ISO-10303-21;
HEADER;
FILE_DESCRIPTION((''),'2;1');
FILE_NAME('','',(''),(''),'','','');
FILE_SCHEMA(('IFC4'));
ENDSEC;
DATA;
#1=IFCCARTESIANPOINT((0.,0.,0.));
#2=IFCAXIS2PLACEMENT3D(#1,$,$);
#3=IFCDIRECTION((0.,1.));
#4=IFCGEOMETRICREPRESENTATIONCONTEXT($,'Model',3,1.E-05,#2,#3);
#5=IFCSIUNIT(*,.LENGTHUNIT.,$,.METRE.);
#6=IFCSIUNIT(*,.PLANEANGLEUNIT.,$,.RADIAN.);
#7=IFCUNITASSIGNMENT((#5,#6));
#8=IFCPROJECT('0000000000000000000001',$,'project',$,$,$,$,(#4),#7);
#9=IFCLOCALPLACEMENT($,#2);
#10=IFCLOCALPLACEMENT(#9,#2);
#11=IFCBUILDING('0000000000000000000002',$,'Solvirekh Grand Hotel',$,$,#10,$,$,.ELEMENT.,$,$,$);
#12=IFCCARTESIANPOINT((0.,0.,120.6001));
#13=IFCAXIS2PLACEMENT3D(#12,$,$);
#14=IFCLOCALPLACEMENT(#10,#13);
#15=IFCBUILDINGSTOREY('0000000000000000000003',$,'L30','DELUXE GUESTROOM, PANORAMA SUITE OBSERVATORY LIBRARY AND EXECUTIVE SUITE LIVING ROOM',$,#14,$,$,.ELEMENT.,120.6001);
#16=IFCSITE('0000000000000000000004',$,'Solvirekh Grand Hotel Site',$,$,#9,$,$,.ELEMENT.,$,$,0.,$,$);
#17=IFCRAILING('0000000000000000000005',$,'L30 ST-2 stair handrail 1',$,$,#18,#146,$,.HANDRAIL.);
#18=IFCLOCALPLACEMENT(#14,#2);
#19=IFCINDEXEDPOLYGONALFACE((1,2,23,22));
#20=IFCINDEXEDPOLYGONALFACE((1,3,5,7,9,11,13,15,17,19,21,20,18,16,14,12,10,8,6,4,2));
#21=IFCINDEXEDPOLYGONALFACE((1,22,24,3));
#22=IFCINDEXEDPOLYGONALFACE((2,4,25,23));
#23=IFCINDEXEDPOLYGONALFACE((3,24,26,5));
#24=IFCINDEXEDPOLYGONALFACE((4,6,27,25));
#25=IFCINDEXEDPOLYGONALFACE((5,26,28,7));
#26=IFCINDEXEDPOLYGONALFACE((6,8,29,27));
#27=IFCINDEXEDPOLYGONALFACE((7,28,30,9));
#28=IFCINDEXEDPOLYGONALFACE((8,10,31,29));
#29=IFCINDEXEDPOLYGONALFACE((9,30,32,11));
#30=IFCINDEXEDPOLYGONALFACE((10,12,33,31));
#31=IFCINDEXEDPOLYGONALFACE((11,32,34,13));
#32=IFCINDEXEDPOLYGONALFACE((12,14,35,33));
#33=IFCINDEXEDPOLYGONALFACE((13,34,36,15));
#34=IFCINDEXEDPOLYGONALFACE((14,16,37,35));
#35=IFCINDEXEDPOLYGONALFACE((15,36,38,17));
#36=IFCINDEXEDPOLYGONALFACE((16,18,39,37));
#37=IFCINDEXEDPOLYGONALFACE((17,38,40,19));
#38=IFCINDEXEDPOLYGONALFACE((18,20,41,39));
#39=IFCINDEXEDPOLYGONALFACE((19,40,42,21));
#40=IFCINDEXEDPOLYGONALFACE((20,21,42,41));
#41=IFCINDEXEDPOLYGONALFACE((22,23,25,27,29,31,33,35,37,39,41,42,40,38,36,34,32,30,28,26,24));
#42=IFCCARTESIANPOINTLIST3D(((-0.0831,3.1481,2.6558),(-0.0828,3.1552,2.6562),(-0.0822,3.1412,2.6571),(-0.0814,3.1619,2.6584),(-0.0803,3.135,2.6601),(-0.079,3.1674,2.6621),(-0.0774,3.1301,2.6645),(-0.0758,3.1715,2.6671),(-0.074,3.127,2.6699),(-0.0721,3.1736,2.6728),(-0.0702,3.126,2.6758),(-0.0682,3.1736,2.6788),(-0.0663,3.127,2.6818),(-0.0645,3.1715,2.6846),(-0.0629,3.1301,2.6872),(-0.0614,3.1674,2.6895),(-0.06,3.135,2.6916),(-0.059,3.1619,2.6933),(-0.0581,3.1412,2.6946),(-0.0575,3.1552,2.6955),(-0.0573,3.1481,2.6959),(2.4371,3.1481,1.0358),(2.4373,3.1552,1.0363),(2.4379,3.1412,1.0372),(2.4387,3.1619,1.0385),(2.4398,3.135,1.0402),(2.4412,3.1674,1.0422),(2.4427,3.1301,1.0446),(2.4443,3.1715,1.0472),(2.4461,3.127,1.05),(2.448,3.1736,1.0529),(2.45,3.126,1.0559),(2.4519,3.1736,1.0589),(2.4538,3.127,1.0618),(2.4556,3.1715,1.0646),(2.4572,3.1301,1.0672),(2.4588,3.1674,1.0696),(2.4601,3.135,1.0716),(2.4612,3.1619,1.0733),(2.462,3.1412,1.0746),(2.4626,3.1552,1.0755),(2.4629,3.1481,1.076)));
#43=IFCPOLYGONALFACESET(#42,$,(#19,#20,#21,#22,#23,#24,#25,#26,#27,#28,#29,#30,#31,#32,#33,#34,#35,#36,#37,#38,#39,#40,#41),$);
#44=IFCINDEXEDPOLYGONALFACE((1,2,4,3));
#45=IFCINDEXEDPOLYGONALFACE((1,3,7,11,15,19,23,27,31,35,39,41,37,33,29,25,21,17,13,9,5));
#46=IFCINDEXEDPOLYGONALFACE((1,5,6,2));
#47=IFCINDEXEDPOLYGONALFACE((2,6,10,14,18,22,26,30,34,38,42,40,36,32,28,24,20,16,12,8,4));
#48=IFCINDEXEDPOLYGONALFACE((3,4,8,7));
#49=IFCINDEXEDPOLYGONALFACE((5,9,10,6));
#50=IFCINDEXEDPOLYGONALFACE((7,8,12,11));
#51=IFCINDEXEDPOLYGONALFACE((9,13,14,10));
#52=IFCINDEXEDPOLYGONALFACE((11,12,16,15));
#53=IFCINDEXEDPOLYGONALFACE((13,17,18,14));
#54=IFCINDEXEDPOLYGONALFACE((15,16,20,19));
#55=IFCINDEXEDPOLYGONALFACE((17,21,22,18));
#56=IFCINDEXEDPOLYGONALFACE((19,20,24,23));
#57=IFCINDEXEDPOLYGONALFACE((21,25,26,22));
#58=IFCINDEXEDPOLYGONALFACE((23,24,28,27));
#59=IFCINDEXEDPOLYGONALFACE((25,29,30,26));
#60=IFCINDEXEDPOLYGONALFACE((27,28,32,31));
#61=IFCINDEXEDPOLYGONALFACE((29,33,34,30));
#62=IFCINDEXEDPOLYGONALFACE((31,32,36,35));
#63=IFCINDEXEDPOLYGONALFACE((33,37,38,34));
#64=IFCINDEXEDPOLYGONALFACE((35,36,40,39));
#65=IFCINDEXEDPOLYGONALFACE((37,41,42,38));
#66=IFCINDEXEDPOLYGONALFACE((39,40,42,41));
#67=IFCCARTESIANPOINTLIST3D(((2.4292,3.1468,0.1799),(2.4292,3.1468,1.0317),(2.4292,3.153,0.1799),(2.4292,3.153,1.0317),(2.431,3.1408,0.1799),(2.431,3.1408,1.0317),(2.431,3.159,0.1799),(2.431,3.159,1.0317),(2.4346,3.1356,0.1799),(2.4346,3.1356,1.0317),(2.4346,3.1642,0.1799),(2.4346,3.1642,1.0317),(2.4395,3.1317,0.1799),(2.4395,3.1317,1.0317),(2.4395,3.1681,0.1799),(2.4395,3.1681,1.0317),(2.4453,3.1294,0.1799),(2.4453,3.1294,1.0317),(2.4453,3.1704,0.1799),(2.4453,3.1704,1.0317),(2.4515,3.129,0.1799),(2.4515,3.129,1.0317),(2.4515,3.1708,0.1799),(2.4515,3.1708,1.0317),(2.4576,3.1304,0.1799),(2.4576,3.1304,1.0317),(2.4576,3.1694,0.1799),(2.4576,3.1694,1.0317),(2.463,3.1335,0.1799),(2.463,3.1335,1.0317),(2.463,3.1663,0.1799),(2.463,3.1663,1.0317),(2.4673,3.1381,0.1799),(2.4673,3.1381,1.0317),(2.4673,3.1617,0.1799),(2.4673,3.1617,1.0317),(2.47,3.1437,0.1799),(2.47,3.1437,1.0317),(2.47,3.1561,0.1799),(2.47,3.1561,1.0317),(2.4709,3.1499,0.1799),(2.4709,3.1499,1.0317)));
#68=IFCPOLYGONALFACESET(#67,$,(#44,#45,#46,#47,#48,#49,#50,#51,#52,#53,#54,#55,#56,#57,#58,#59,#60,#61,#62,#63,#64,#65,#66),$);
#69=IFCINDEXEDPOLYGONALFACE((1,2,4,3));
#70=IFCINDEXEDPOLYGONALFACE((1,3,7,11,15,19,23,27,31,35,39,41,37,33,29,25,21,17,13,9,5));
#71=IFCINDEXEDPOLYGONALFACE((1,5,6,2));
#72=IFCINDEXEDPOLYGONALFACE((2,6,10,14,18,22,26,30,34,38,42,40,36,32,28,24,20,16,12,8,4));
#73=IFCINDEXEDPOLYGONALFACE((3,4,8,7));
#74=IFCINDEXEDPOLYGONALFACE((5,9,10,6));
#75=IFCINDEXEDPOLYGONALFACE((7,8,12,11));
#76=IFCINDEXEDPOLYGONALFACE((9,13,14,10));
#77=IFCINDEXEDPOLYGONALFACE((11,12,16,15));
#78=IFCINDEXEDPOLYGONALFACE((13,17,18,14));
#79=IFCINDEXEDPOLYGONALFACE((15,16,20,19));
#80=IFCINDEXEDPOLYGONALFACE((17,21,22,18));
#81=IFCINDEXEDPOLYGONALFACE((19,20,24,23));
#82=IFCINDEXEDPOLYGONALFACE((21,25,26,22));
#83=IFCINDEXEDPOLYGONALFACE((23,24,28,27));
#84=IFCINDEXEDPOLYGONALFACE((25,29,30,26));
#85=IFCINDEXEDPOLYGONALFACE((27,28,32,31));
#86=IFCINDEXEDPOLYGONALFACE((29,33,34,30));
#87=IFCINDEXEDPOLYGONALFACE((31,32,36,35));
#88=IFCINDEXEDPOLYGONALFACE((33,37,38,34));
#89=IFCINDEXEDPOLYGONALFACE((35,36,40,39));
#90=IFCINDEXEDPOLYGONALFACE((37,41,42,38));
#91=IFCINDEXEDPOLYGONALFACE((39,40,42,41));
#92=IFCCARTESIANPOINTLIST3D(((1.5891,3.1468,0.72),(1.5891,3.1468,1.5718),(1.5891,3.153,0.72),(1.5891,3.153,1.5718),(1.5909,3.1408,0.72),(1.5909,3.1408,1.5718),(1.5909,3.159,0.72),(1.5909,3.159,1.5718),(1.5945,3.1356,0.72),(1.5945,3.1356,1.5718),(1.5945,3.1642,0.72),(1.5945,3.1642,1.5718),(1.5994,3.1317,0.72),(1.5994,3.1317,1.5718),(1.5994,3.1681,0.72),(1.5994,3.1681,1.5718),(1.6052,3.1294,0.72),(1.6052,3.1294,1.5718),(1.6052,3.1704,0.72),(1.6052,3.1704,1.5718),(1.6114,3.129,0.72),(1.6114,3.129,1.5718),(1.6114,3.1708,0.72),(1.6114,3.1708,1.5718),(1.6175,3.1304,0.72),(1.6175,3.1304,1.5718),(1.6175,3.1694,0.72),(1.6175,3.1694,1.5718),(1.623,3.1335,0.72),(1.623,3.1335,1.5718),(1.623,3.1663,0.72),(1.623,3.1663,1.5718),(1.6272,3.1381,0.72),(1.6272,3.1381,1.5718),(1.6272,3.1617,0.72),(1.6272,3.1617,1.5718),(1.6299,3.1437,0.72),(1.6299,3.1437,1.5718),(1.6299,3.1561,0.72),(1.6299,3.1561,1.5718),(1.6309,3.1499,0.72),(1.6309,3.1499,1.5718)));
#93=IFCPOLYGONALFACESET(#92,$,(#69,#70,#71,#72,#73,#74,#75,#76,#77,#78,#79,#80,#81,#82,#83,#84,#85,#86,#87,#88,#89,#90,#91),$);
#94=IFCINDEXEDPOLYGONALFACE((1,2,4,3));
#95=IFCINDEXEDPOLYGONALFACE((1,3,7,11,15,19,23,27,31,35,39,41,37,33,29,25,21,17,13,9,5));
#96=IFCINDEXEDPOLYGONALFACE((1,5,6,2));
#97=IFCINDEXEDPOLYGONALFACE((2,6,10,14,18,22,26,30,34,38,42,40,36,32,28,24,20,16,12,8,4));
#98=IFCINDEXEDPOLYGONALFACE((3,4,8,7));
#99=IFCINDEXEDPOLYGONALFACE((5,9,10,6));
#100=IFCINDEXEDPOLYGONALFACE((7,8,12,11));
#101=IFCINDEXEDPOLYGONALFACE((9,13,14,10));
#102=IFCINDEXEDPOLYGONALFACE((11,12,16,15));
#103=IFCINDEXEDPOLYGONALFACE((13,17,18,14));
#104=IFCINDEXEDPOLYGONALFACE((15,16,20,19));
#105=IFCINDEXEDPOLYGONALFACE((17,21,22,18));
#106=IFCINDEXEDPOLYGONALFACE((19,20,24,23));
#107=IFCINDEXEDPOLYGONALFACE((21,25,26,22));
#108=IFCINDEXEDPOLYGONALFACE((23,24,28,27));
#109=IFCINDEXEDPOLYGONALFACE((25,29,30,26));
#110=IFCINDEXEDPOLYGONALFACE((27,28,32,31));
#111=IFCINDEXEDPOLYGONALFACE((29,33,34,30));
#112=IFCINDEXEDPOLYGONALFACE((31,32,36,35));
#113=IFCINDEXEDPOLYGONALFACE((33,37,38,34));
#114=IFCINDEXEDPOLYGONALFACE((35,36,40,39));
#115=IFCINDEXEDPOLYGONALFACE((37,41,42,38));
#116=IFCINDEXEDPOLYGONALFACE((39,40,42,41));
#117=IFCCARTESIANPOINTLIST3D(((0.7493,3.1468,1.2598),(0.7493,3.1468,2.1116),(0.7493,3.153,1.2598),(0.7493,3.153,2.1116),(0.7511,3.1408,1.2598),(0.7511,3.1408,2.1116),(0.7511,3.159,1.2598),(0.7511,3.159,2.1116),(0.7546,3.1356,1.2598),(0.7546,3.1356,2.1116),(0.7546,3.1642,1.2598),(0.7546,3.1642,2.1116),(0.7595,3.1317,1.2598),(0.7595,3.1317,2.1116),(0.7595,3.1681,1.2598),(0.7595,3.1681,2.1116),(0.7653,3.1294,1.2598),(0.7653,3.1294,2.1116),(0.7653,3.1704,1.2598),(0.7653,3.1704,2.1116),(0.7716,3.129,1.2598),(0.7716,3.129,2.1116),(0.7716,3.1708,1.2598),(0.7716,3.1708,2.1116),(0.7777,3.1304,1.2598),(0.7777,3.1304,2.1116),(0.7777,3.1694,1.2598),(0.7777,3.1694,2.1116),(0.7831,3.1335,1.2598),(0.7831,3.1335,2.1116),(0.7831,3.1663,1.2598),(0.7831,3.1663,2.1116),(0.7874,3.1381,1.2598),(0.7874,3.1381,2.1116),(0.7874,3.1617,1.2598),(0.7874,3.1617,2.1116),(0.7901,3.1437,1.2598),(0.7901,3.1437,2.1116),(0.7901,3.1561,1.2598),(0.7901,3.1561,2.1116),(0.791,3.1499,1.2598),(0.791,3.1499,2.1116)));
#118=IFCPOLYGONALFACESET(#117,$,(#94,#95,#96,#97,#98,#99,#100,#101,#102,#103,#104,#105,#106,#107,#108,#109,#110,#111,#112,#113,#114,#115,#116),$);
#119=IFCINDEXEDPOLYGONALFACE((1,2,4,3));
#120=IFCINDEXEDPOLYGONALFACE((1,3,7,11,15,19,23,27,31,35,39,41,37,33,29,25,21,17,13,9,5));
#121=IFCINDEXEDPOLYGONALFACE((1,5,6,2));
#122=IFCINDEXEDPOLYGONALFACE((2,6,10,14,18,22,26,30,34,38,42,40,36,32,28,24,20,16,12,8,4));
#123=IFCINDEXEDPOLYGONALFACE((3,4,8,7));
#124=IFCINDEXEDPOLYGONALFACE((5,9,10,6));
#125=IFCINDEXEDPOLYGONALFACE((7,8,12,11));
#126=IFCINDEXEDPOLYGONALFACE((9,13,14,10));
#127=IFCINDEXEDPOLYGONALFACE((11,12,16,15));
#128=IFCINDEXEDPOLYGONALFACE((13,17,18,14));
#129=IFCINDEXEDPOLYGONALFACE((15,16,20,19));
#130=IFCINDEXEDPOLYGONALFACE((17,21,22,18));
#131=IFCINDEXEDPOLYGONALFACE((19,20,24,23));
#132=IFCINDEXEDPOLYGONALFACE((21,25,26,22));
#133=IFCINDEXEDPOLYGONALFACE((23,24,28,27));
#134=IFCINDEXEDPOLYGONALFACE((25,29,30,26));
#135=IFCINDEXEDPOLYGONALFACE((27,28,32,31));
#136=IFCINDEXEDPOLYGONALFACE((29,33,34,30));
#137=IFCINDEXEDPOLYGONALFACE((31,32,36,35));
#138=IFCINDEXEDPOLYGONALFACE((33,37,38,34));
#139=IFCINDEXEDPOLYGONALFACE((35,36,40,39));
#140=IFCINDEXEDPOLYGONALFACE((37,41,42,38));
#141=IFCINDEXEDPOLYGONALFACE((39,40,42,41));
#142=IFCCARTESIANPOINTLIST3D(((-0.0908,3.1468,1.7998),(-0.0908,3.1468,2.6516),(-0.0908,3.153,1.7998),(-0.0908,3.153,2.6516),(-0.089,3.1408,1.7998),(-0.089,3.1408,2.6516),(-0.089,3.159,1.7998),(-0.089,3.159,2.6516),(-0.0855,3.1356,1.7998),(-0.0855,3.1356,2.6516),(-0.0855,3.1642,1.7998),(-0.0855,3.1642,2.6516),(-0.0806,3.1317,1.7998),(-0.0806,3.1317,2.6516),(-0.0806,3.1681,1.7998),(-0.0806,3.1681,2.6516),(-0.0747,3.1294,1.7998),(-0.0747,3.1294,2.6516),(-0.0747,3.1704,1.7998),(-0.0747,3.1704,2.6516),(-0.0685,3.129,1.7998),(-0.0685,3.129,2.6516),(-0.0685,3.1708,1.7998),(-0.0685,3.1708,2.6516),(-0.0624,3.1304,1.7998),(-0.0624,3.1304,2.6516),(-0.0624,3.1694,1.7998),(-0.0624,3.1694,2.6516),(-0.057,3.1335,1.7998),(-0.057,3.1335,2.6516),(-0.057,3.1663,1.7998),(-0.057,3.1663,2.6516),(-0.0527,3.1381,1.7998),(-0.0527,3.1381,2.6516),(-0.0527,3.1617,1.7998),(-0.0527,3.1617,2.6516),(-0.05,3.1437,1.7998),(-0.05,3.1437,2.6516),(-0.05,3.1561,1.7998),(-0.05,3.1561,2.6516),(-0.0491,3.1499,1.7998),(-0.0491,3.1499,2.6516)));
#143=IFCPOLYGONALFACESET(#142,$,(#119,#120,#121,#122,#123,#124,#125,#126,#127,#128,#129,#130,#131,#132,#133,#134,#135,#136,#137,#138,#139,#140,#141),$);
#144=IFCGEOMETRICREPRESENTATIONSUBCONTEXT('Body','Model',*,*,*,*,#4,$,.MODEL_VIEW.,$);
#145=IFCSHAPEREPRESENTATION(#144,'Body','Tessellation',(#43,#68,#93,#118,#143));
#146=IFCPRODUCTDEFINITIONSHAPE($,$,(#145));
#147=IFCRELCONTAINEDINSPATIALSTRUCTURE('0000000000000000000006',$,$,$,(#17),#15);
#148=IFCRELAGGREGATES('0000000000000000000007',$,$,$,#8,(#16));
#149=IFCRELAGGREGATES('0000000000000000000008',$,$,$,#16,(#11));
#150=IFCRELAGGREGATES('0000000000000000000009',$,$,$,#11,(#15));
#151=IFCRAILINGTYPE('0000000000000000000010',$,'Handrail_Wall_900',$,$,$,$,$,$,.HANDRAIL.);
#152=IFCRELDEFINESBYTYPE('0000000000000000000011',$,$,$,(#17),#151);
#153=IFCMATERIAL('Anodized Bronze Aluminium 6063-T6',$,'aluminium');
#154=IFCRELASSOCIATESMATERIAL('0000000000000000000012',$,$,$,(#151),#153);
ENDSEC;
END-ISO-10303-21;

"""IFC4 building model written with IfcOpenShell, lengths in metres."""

from ifc_helpers import new_model, si_unit, direction, frame, origin, origin_2d, place, context, subcontext, project, spatial, circle, extrude, material, type_object, element, save


model = new_model("IFC4")

# Units and contexts
model_context = context("Model", 3, precision=1e-05, world=origin(), true_north=direction((0.0, 1.0)))
body_context = subcontext(model_context, "Body", "Model", "MODEL_VIEW")
ifc_project = project(units=[si_unit("LENGTHUNIT", "METRE"), si_unit("PLANEANGLEUNIT", "RADIAN")], contexts=[model_context])

# Site, building, storey
site_placement = place(None, origin())
site = spatial("IfcSite", under=ifc_project, at=site_placement, Name="Solvirekh Grand Hotel Site", CompositionType="ELEMENT", RefElevation=0.0)
building_placement = place(site_placement, origin())
building = spatial("IfcBuilding", under=site, at=building_placement, Name="Solvirekh Grand Hotel", CompositionType="ELEMENT")
storey_placement = place(building_placement, frame((0.0, 0.0, 120.6001)))
storey = spatial("IfcBuildingStorey", under=building, at=storey_placement, Name="L30", Description="DELUXE GUESTROOM, PANORAMA SUITE OBSERVATORY LIBRARY AND EXECUTIVE SUITE LIVING ROOM", CompositionType="ELEMENT", Elevation=120.6001)

# Shared definitions
ifc_material_1 = material(Name="Anodized Bronze Aluminium 6063-T6", Category="aluminium")

# Railing
railing_type_1 = type_object("IfcRailingType", Name="Handrail_Wall_900", PredefinedType="HANDRAIL", material=ifc_material_1)
railing_1_placement = place(storey_placement, frame((2.45, 3.1499, 0.1799)))
element("IfcRailing", 1, at=railing_1_placement, inside=storey, type_object=railing_type_1, Name="L30 ST-2 stair handrail 1", PredefinedType="HANDRAIL", context=body_context, shape_type="SweptSolid", body=[
    extrude(circle(Radius=0.0239, at=origin_2d()), frame((0.0, 0.0, 0.876), z_axis=(-0.8412, 0.0, 0.540725), x_axis=(0.0, -1.0, 0.0)), (0.0, 0.0, 1.0), 2.9958),
    extrude(circle(Radius=0.021, at=origin_2d()), origin(), (0.0, 0.0, 1.0), 0.8518),
    extrude(circle(Radius=0.021, at=origin_2d()), frame((-0.8401, 0.0, 0.54)), (0.0, 0.0, 1.0), 0.8518),
    extrude(circle(Radius=0.021, at=origin_2d()), frame((-1.6799, 0.0, 1.0798)), (0.0, 0.0, 1.0), 0.8518),
    extrude(circle(Radius=0.021, at=origin_2d()), frame((-2.52, 0.0, 1.6199)), (0.0, 0.0, 1.0), 0.8518),
])

save(model, "model.ifc")
